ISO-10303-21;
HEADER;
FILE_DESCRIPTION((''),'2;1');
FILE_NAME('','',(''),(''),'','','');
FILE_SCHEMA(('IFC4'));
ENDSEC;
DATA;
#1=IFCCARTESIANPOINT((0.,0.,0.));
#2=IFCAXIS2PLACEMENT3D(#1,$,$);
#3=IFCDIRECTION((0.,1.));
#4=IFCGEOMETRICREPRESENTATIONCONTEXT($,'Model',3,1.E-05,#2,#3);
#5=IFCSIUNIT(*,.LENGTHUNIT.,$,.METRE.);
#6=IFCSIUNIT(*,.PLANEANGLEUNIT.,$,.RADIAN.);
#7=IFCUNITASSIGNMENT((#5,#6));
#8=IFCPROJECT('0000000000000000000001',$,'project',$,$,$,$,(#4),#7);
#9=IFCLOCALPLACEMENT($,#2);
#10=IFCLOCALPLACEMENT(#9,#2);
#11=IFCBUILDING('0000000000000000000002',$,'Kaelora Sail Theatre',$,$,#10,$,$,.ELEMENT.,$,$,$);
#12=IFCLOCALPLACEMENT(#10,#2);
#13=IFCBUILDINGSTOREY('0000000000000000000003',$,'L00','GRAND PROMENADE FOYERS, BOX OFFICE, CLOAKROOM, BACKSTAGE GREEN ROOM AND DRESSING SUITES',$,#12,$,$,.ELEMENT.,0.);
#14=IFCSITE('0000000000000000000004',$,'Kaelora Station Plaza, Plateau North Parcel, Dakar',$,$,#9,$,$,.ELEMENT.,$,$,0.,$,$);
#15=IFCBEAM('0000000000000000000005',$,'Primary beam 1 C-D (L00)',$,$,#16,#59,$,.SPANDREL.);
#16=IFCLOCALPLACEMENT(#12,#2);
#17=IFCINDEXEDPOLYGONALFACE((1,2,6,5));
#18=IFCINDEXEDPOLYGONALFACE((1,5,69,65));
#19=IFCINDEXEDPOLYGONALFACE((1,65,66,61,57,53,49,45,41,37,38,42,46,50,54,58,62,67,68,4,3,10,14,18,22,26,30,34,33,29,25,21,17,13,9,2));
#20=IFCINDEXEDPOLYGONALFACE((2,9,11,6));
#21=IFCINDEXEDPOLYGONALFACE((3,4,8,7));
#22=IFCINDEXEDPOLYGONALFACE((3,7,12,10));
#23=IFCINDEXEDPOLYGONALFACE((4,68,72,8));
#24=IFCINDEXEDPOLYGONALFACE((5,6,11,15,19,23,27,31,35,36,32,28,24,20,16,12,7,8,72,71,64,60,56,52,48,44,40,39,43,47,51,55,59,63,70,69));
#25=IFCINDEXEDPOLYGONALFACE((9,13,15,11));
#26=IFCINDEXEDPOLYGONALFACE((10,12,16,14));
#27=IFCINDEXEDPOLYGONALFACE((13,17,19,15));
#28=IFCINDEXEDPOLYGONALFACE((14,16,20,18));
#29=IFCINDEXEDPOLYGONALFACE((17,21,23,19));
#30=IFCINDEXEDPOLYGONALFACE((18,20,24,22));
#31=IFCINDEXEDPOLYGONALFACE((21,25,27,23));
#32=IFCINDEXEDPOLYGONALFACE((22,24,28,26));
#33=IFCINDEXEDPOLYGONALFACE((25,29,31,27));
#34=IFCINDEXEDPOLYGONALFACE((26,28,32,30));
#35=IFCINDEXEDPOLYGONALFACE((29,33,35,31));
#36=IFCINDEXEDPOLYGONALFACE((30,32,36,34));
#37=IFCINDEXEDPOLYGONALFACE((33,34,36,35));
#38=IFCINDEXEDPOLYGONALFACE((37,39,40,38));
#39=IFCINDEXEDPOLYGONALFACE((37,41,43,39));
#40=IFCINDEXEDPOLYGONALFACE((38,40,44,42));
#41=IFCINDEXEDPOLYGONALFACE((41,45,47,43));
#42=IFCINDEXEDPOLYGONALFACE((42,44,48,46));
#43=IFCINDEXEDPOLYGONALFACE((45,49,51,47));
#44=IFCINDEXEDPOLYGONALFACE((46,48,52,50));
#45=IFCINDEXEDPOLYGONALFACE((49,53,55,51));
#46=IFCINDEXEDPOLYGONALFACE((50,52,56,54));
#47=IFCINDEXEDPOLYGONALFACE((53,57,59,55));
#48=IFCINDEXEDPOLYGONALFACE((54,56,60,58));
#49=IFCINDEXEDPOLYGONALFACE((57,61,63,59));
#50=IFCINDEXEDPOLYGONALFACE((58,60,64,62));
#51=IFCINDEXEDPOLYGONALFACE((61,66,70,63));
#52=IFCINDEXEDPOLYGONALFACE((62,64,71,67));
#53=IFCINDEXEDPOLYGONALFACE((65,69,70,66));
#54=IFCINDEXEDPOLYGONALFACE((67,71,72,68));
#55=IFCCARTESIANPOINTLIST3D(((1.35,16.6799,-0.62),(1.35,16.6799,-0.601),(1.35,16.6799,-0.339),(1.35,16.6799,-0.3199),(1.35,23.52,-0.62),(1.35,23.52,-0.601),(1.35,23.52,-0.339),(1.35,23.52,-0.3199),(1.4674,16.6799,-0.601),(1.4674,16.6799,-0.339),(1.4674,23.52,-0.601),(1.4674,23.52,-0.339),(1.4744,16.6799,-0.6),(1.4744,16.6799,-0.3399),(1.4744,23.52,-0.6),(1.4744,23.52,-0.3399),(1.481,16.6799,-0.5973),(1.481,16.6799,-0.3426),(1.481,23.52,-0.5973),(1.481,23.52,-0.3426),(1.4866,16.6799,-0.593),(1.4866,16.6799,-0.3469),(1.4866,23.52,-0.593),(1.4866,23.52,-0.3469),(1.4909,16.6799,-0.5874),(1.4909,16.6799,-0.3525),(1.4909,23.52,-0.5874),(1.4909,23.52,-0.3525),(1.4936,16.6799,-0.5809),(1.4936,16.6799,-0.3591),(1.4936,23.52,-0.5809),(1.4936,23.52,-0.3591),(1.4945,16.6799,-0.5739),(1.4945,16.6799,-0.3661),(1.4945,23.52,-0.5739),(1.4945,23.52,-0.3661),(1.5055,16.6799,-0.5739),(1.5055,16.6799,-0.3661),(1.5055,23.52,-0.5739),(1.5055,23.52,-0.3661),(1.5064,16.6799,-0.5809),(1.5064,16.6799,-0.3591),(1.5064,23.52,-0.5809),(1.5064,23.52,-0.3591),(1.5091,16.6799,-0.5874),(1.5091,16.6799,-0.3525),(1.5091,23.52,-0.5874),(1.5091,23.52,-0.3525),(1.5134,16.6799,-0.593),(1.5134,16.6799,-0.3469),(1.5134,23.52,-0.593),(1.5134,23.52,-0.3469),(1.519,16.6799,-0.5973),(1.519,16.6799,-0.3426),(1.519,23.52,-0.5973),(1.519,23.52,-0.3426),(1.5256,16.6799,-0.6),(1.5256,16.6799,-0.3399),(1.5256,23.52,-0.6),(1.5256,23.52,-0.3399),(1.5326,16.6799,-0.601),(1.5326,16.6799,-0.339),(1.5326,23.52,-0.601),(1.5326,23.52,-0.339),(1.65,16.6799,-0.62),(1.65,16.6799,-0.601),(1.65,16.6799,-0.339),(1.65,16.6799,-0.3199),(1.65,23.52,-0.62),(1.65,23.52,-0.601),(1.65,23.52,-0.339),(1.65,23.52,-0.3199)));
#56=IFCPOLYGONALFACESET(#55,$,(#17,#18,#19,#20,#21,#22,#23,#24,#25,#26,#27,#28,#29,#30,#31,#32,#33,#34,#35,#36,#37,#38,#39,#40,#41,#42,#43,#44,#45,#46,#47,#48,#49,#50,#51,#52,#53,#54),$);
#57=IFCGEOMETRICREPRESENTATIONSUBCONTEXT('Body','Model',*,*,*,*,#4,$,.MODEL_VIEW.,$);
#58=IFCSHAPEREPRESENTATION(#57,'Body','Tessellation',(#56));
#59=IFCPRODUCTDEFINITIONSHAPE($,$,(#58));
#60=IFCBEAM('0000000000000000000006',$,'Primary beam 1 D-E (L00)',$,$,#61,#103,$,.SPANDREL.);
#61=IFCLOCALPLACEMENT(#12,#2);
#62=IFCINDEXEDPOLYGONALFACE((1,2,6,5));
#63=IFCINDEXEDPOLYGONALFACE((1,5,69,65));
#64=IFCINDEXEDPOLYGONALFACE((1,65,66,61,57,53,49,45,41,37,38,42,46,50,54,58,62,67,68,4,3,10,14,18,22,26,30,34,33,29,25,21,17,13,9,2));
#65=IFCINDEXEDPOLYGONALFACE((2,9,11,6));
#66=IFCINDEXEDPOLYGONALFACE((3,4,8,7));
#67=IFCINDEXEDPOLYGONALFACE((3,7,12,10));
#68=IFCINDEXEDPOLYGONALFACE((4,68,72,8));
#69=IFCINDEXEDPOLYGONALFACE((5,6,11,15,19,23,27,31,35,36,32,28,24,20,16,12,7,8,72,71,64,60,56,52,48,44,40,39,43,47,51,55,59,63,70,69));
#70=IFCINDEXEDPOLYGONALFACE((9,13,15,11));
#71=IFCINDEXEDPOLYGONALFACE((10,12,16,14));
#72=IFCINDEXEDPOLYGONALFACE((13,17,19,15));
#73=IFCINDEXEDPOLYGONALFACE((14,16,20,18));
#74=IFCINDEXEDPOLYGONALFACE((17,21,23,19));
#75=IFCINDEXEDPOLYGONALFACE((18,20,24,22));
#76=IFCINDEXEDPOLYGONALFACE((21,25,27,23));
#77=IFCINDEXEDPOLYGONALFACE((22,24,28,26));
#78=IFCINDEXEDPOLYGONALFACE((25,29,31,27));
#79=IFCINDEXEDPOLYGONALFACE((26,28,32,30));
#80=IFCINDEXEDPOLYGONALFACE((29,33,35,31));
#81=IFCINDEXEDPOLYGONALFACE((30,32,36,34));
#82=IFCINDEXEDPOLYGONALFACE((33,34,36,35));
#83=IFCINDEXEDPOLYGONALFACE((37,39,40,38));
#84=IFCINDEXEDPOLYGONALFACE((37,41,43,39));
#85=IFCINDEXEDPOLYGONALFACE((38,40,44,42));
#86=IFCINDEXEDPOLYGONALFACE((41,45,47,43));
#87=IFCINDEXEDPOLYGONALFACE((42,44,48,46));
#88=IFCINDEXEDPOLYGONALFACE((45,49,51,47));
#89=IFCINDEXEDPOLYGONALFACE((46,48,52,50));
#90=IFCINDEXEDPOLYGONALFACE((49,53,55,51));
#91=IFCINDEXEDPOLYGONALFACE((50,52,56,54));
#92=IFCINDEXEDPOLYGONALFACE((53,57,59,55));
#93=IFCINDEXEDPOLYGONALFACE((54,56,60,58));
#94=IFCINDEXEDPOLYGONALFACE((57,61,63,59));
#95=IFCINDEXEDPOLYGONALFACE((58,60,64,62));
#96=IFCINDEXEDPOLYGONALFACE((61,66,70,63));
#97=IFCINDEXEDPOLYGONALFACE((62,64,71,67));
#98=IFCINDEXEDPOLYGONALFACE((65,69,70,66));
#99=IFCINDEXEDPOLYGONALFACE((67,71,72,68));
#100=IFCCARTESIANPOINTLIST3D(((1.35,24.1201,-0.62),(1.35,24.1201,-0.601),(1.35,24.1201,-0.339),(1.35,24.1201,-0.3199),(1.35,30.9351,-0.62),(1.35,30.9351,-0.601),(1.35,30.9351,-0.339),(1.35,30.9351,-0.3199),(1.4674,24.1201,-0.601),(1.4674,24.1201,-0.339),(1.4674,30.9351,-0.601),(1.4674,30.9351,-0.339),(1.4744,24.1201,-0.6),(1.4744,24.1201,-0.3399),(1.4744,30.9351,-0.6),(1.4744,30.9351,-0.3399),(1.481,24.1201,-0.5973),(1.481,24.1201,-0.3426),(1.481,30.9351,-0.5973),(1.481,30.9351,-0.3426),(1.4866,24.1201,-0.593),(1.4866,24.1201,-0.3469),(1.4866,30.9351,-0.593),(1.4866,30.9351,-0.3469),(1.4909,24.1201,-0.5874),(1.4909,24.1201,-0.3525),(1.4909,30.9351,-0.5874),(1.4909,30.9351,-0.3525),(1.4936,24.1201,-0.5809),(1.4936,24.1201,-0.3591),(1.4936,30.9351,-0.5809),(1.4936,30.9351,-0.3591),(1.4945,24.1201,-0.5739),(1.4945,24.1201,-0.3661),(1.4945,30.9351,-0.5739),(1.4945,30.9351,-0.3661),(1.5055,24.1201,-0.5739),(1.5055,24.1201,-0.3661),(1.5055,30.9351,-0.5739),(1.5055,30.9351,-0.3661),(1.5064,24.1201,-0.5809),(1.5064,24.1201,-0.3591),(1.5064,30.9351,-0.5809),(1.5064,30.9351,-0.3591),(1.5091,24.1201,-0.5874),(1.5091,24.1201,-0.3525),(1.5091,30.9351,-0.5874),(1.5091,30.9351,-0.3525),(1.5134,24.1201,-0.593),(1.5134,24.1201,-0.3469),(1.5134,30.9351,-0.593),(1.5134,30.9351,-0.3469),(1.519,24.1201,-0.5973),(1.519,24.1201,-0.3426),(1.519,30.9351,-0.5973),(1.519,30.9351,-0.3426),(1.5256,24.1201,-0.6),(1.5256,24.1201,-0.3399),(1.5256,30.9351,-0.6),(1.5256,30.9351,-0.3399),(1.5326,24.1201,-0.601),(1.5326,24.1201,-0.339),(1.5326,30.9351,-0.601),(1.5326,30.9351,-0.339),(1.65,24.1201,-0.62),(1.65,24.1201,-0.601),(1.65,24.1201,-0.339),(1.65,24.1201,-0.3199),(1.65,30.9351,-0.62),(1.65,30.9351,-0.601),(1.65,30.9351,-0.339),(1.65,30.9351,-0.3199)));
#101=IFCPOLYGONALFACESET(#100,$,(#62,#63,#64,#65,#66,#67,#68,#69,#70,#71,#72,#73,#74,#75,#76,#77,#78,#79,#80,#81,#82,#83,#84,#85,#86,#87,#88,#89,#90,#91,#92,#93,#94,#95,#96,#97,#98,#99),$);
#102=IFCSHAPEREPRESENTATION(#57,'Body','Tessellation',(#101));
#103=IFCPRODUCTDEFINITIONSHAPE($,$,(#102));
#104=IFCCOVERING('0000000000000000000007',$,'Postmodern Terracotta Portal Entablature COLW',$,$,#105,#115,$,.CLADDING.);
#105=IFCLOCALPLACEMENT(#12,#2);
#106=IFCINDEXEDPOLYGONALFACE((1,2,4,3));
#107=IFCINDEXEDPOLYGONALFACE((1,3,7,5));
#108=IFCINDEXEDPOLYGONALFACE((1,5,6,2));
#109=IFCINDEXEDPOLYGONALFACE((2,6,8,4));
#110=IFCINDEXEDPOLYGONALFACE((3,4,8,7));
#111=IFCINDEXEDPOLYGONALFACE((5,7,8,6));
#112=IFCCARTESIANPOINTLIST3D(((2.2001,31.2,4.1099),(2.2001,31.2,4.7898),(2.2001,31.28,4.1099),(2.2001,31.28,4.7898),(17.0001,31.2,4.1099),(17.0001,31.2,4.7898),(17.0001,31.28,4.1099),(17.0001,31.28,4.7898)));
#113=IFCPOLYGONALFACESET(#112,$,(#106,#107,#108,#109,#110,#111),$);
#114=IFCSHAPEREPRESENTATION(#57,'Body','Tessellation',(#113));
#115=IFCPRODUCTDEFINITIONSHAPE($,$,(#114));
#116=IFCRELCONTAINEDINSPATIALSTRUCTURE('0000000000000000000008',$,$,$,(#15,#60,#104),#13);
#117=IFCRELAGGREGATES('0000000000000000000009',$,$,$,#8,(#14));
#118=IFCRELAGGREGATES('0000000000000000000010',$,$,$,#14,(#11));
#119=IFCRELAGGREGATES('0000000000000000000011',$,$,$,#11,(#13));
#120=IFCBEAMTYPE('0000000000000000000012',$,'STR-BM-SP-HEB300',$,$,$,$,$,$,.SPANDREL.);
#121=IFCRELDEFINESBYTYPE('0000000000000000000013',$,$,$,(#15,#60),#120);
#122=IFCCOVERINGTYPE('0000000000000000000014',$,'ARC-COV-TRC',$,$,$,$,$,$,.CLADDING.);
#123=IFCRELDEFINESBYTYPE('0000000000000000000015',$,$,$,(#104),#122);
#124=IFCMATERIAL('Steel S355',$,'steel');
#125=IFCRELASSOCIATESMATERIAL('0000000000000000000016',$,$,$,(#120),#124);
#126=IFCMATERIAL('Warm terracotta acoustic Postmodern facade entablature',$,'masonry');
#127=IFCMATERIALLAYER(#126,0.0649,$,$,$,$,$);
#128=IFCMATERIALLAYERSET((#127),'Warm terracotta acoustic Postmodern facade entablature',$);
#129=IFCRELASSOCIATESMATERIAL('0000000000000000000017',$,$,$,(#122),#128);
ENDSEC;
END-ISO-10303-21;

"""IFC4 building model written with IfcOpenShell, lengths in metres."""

from ifc_helpers import new_model, si_unit, direction, frame, origin, origin_2d, place, context, subcontext, project, spatial, rectangle, i_section, extrude, material, layer, layer_set, material_profile, profile_set, type_object, element, save


model = new_model("IFC4")

# Units and contexts
model_context = context("Model", 3, precision=1e-05, world=origin(), true_north=direction((0.0, 1.0)))
body_context = subcontext(model_context, "Body", "Model", "MODEL_VIEW")
ifc_project = project(units=[si_unit("LENGTHUNIT", "METRE"), si_unit("PLANEANGLEUNIT", "RADIAN")], contexts=[model_context])

# Site, building, storey
site_placement = place(None, origin())
site = spatial("IfcSite", under=ifc_project, at=site_placement, Name="Kaelora Station Plaza, Plateau North Parcel, Dakar", CompositionType="ELEMENT", RefElevation=0.0)
building_placement = place(site_placement, origin())
building = spatial("IfcBuilding", under=site, at=building_placement, Name="Kaelora Sail Theatre", CompositionType="ELEMENT")
storey_placement = place(building_placement, origin())
storey = spatial("IfcBuildingStorey", under=building, at=storey_placement, Name="L00", Description="GRAND PROMENADE FOYERS, BOX OFFICE, CLOAKROOM, BACKSTAGE GREEN ROOM AND DRESSING SUITES", CompositionType="ELEMENT", Elevation=0.0)

# Beams
ifc_material_1 = material(Name="Steel S355", Category="steel")
ifc_material_profile_1 = material_profile(ifc_material_1, i_section(OverallWidth=0.3, OverallDepth=0.3, WebThickness=0.011, FlangeThickness=0.019, FilletRadius=0.0271, at=origin_2d()), Name="HEB 300")
ifc_profile_set_1 = profile_set([ifc_material_profile_1], Name="Steel S355")
beam_type_1 = type_object("IfcBeamType", Name="STR-BM-SP-HEB300", PredefinedType="SPANDREL", material=ifc_profile_set_1)
beam_1_placement = place(storey_placement, frame((1.5, 16.6799, -0.47), z_axis=(0.0, 1.0, 0.0), x_axis=(-1.0, 0.0, 0.0)))
element("IfcBeam", 1, at=beam_1_placement, inside=storey, type_object=beam_type_1, Name="Primary beam 1 C-D (L00)", PredefinedType="SPANDREL", context=body_context, shape_type="SweptSolid", body=[
    extrude(i_section(OverallWidth=0.3, OverallDepth=0.3, WebThickness=0.011, FlangeThickness=0.019, FilletRadius=0.0271, at=origin_2d()), origin(), (0.0, 0.0, 1.0), 6.8401),
])
beam_2_placement = place(storey_placement, frame((1.5, 24.1201, -0.47), z_axis=(0.0, 1.0, 0.0), x_axis=(-1.0, 0.0, 0.0)))
element("IfcBeam", 2, at=beam_2_placement, inside=storey, type_object=beam_type_1, Name="Primary beam 1 D-E (L00)", PredefinedType="SPANDREL", context=body_context, shape_type="SweptSolid", body=[
    extrude(i_section(OverallWidth=0.3, OverallDepth=0.3, WebThickness=0.011, FlangeThickness=0.019, FilletRadius=0.0271, at=origin_2d()), origin(), (0.0, 0.0, 1.0), 6.8149),
])

# Covering
ifc_material_2 = material(Name="Warm terracotta acoustic Postmodern facade entablature", Category="masonry")
ifc_layer = layer(ifc_material_2, 0.0649)
ifc_layer_set = layer_set([ifc_layer], Name="Warm terracotta acoustic Postmodern facade entablature")
covering_type = type_object("IfcCoveringType", Name="ARC-COV-TRC", PredefinedType="CLADDING", material=ifc_layer_set)
covering_placement = place(storey_placement, frame((9.6001, 31.24, 4.1099), z_axis=(0.0, 0.0, 1.0), x_axis=(1.0, 0.0, 0.0)))
element("IfcCovering", 3, at=covering_placement, inside=storey, type_object=covering_type, Name="Postmodern Terracotta Portal Entablature COLW", PredefinedType="CLADDING", context=body_context, shape_type="SweptSolid", body=[
    extrude(rectangle(XDim=14.8, YDim=0.0801, at=origin_2d()), origin(), (0.0, 0.0, 1.0), 0.6799),
])

save(model, "model.ifc")
